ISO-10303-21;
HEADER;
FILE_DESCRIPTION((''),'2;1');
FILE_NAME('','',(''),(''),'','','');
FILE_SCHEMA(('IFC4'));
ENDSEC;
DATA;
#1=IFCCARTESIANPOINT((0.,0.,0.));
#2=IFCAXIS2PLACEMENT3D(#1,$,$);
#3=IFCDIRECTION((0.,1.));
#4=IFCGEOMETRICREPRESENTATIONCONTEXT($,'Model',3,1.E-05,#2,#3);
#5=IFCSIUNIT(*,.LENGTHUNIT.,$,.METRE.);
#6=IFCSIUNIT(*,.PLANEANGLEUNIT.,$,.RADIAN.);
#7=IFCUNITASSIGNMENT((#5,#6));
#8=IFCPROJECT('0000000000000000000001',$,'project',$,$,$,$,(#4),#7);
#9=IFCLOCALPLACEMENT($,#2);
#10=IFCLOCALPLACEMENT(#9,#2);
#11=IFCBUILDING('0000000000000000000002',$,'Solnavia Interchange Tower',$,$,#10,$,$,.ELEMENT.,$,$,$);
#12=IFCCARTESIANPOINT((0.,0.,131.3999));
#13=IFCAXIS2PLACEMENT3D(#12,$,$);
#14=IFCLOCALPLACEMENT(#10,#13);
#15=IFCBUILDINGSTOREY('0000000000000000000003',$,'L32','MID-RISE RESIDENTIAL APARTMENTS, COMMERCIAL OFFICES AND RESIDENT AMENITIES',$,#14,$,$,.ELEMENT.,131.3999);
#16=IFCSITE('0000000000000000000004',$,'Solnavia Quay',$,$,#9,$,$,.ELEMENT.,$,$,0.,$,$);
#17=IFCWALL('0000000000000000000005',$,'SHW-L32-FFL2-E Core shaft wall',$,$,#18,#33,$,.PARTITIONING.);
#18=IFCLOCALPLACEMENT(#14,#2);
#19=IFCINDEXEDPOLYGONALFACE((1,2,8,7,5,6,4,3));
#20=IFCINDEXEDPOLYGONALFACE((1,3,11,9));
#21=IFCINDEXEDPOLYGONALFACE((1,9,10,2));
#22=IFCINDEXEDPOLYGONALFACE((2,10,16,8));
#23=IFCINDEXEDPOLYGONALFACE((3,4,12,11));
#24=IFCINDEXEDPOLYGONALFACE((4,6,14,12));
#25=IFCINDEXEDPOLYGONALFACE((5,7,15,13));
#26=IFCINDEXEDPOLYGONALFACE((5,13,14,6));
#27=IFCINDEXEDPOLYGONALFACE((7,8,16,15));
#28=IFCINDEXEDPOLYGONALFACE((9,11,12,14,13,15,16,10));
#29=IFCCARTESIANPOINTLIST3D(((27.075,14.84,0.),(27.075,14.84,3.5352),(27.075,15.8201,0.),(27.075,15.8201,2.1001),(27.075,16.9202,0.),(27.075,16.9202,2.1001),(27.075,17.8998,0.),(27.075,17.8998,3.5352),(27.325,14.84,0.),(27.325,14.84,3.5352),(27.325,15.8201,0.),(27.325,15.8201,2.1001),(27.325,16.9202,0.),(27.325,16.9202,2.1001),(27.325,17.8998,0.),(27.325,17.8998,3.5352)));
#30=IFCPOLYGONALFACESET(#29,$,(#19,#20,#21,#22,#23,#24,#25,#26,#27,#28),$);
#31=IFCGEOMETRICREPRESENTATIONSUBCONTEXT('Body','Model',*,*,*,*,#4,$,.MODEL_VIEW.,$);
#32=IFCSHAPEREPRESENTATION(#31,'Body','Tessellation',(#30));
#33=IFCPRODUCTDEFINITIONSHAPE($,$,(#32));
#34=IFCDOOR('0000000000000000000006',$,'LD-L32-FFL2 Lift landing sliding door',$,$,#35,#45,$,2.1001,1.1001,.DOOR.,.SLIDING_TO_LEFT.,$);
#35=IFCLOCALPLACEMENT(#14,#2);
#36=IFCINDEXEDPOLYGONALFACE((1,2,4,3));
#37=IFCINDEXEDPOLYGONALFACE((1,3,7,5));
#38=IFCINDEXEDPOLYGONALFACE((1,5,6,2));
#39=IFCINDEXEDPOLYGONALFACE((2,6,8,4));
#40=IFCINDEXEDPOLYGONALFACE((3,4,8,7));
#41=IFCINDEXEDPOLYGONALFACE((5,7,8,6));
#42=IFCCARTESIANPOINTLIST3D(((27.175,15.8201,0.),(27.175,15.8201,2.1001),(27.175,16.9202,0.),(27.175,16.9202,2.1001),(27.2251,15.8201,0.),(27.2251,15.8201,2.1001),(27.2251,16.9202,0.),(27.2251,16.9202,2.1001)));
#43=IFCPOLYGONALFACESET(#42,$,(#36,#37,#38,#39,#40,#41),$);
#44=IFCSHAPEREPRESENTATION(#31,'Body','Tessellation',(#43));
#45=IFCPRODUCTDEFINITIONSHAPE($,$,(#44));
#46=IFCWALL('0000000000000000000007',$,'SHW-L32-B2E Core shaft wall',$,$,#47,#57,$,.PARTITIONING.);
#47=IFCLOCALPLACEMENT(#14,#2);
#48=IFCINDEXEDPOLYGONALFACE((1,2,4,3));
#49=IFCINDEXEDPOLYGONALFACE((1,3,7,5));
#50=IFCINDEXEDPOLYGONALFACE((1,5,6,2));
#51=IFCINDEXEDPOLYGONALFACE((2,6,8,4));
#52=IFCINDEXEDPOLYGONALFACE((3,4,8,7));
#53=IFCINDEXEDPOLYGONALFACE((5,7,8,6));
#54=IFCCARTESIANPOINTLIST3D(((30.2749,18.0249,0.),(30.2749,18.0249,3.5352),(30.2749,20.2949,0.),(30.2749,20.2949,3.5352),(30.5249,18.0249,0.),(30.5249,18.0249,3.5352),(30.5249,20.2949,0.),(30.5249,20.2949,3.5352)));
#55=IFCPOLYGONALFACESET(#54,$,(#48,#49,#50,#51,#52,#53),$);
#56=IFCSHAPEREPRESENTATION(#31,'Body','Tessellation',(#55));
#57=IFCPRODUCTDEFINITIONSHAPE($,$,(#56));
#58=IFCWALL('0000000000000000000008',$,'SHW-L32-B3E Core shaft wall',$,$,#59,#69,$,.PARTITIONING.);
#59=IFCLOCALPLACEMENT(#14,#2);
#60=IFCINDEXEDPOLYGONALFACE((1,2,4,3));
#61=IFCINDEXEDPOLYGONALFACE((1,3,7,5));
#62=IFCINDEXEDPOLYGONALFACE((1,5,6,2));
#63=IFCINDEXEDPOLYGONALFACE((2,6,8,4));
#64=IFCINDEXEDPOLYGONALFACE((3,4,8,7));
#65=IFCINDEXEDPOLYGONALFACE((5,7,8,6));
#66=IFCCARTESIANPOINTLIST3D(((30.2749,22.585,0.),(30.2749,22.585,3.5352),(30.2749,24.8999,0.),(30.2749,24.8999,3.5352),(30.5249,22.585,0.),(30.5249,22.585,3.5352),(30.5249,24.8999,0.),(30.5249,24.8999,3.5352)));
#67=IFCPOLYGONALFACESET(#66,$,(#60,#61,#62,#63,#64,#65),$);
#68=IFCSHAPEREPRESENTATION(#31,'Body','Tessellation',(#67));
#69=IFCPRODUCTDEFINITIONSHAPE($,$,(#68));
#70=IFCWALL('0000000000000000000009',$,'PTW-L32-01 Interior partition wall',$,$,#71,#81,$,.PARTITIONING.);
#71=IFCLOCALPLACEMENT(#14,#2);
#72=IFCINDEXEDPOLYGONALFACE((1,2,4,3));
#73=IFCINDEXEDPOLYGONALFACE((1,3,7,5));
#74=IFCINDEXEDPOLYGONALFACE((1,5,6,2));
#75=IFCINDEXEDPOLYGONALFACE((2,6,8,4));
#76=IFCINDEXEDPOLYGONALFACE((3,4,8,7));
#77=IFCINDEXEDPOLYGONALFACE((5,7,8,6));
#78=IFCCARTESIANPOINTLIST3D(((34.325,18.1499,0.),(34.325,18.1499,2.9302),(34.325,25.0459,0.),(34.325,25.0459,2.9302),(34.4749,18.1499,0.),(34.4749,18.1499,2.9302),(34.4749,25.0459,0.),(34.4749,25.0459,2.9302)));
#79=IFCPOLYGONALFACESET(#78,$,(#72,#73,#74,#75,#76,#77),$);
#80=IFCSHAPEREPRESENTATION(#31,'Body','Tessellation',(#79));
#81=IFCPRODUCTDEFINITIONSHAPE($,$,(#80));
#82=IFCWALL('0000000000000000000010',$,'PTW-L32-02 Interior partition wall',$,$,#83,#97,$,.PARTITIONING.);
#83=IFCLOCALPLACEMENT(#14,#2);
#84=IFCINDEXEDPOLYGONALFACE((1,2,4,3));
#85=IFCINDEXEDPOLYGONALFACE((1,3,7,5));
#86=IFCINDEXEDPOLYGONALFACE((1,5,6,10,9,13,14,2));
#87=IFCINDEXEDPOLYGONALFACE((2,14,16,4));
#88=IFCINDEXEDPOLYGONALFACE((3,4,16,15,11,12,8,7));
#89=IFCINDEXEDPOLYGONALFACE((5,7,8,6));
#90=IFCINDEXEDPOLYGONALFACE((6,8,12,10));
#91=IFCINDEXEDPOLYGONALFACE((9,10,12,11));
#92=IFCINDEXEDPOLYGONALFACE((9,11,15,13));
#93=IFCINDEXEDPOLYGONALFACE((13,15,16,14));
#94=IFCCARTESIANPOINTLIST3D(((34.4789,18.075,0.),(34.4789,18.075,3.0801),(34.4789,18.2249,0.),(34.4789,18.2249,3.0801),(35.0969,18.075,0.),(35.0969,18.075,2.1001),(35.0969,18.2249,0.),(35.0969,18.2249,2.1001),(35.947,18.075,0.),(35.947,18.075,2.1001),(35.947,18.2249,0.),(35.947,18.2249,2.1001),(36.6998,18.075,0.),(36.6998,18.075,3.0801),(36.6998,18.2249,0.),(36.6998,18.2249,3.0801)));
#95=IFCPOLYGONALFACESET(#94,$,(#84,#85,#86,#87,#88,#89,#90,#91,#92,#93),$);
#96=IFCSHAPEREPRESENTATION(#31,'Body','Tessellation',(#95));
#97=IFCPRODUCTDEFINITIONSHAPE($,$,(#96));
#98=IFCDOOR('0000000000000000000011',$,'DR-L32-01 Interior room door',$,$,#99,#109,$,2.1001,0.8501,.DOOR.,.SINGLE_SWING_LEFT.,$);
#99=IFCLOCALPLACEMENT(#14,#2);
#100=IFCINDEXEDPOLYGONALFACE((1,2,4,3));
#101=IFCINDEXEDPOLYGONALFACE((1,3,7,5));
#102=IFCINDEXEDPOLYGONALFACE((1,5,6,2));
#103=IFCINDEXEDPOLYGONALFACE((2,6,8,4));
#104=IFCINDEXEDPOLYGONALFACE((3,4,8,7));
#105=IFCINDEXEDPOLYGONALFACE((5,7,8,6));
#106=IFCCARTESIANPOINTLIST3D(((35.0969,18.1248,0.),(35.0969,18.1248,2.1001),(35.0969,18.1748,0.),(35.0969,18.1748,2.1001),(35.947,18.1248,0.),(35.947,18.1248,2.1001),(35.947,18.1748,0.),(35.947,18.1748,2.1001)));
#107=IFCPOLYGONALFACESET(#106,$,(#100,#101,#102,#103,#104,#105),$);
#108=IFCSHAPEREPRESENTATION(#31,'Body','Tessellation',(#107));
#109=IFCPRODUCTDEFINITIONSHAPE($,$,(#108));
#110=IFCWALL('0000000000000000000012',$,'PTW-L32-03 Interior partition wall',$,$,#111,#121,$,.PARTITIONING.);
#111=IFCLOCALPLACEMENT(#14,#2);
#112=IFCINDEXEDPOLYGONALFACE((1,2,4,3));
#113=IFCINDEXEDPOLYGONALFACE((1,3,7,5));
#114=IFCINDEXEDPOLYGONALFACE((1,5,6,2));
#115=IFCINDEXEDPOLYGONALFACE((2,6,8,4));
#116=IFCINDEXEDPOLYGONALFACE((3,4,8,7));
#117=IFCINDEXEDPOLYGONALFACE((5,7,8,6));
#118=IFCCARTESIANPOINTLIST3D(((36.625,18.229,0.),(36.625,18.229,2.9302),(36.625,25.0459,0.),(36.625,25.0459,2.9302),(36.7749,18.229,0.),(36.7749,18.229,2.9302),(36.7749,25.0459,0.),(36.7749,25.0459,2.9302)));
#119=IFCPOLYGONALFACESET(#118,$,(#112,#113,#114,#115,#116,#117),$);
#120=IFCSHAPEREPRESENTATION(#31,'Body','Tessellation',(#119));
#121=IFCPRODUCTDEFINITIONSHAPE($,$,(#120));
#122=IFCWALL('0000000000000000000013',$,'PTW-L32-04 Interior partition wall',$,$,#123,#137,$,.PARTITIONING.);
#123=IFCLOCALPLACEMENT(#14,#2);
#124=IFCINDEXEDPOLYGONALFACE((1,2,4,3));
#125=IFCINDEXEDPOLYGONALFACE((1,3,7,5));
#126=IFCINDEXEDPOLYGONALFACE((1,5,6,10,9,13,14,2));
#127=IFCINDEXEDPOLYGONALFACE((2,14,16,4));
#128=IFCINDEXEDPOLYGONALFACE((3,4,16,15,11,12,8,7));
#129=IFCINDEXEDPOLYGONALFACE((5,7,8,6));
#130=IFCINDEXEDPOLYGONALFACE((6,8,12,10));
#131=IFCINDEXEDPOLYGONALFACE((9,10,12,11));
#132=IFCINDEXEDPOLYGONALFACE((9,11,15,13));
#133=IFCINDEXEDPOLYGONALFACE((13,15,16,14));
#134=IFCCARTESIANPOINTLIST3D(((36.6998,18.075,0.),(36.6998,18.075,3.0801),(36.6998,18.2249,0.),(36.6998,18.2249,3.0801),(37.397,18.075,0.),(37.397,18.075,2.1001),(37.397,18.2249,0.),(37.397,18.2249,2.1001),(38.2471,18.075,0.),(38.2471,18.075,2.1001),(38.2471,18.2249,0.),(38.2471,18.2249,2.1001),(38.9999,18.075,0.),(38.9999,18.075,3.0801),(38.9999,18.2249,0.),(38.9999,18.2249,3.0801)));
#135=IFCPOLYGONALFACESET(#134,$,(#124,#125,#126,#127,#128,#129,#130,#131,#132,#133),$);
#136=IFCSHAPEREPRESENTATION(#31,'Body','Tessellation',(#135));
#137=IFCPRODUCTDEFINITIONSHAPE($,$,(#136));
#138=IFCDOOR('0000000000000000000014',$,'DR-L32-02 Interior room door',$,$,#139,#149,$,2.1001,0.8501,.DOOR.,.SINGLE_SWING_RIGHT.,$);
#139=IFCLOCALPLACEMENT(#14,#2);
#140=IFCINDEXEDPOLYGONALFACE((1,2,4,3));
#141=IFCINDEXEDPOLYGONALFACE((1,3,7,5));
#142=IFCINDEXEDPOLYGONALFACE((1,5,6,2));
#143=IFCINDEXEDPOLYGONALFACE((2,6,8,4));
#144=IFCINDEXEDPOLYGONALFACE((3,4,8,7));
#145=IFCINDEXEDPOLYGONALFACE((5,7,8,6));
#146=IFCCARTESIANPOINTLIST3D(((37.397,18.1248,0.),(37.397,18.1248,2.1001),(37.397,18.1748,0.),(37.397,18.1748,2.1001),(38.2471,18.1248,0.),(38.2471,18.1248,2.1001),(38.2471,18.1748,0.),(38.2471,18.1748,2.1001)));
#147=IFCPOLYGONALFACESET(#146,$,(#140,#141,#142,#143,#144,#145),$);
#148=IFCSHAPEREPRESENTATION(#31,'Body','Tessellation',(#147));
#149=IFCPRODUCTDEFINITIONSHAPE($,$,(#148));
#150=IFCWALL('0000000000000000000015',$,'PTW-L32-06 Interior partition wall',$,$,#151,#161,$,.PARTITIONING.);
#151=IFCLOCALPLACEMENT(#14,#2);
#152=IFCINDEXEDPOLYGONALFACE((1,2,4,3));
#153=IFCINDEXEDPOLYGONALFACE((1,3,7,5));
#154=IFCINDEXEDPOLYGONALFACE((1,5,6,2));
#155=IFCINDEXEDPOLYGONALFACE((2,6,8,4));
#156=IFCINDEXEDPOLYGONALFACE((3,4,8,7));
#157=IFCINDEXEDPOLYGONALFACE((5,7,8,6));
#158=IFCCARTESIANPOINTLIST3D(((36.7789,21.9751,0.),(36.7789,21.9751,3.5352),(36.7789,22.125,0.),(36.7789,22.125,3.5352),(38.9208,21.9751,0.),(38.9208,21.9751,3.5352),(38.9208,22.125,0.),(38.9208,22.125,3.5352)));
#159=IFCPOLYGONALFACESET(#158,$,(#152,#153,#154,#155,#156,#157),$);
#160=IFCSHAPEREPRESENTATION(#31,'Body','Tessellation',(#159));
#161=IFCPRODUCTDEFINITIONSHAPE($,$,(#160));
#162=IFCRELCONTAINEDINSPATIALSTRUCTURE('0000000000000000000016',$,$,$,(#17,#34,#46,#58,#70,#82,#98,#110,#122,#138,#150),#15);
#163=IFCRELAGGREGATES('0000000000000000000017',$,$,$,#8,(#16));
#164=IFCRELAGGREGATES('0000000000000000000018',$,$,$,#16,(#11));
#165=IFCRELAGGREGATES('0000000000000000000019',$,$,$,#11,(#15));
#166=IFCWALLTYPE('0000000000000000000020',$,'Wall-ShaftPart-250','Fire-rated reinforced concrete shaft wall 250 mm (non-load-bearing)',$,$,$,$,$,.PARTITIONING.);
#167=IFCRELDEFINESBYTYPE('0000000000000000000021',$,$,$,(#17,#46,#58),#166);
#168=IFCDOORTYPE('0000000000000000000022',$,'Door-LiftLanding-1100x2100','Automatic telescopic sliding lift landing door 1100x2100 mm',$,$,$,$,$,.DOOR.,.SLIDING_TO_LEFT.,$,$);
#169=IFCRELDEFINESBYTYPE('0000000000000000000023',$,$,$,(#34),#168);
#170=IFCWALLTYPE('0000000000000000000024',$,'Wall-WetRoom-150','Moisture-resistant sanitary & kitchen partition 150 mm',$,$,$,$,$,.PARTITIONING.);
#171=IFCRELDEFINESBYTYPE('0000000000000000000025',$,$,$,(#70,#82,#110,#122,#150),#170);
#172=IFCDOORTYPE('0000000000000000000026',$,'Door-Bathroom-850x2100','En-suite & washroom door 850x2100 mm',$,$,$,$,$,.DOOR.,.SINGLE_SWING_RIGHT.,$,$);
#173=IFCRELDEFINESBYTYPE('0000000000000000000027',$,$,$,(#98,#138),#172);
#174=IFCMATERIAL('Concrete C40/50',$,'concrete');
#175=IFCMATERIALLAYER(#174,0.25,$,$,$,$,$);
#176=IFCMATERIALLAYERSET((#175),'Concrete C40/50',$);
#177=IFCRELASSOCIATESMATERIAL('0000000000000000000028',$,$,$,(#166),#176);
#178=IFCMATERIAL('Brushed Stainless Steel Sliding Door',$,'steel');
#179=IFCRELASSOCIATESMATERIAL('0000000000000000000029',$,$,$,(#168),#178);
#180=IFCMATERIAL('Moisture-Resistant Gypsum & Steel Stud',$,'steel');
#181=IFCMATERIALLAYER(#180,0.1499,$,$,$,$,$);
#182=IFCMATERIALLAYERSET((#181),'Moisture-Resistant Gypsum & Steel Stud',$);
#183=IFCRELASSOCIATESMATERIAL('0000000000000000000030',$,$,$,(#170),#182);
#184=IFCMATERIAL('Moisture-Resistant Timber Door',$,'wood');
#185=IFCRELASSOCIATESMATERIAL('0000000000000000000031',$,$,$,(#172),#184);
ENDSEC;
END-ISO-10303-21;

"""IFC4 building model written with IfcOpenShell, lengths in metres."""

from ifc_helpers import new_model, si_unit, direction, frame, frame_2d, origin, place, context, subcontext, project, spatial, rectangle, extrude, material, layer, layer_set, type_object, element, fill, save


model = new_model("IFC4")

# Units and contexts
model_context = context("Model", 3, precision=1e-05, world=origin(), true_north=direction((0.0, 1.0)))
body_context = subcontext(model_context, "Body", "Model", "MODEL_VIEW")
ifc_project = project(units=[si_unit("LENGTHUNIT", "METRE"), si_unit("PLANEANGLEUNIT", "RADIAN")], contexts=[model_context])

# Site, building, storey
site_placement = place(None, origin())
site = spatial("IfcSite", under=ifc_project, at=site_placement, Name="Solnavia Quay", CompositionType="ELEMENT", RefElevation=0.0)
building_placement = place(site_placement, origin())
building = spatial("IfcBuilding", under=site, at=building_placement, Name="Solnavia Interchange Tower", CompositionType="ELEMENT")
storey_placement = place(building_placement, frame((0.0, 0.0, 131.3999)))
storey = spatial("IfcBuildingStorey", under=building, at=storey_placement, Name="L32", Description="MID-RISE RESIDENTIAL APARTMENTS, COMMERCIAL OFFICES AND RESIDENT AMENITIES", CompositionType="ELEMENT", Elevation=131.3999)

# Shared definitions
ifc_material_1 = material(Name="Concrete C40/50", Category="concrete")

# Wall, opening, door
ifc_layer_1 = layer(ifc_material_1, 0.25)
ifc_layer_set_1 = layer_set([ifc_layer_1], Name="Concrete C40/50")
wall_type_1 = type_object("IfcWallType", Name="Wall-ShaftPart-250", Description="Fire-rated reinforced concrete shaft wall 250 mm (non-load-bearing)", PredefinedType="PARTITIONING", material=ifc_layer_set_1)
wall_1_placement = place(storey_placement, frame((27.2, 14.8401, 0.0), z_axis=(0.0, 0.0, 1.0), x_axis=(0.0, 1.0, 0.0)))
wall_1 = element("IfcWall", 1, at=wall_1_placement, inside=storey, type_object=wall_type_1, Name="SHW-L32-FFL2-E Core shaft wall", PredefinedType="PARTITIONING", context=body_context, shape_type="SweptSolid", body=[
    extrude(rectangle(XDim=3.0598, YDim=0.25, at=frame_2d((1.5298, 0.0))), origin(), (0.0, 0.0, 1.0), 3.5352),
])
opening_1_placement = place(wall_1_placement, frame((0.98, 0.0, 0.0)))
opening_1 = element("IfcOpeningElement", 2, at=opening_1_placement, cuts=wall_1, PredefinedType="OPENING", context=body_context, shape_type="SweptSolid", body=[
    extrude(rectangle(XDim=1.1001, YDim=2.1001, at=frame_2d((0.55, 1.05))), frame((0.0, 0.135, 0.0), z_axis=(0.0, -1.0, 0.0), x_axis=(1.0, 0.0, 0.0)), (0.0, 0.0, 1.0), 0.27),
])
ifc_material_2 = material(Name="Brushed Stainless Steel Sliding Door", Category="steel")
door_type_1 = type_object("IfcDoorType", Name="Door-LiftLanding-1100x2100", Description="Automatic telescopic sliding lift landing door 1100x2100 mm", OperationType="SLIDING_TO_LEFT", PredefinedType="DOOR", material=ifc_material_2)
door_1_placement = place(opening_1_placement, origin())
door_1 = element("IfcDoor", 3, at=door_1_placement, inside=storey, type_object=door_type_1, Name="LD-L32-FFL2 Lift landing sliding door", OperationType="SLIDING_TO_LEFT", OverallHeight=2.1001, OverallWidth=1.1001, PredefinedType="DOOR", context=body_context, shape_type="SweptSolid", body=[
    extrude(rectangle(XDim=1.1001, YDim=2.1001, at=frame_2d((0.55, 1.05))), frame((0.0, 0.0249, 0.0), z_axis=(0.0, -1.0, 0.0), x_axis=(1.0, 0.0, 0.0)), (0.0, 0.0, 1.0), 0.05),
])
fill(opening_1, door_1)

# Walls
wall_2_placement = place(storey_placement, frame((30.3999, 18.0249, 0.0), z_axis=(0.0, 0.0, 1.0), x_axis=(0.0, 1.0, 0.0)))
element("IfcWall", 4, at=wall_2_placement, inside=storey, type_object=wall_type_1, Name="SHW-L32-B2E Core shaft wall", PredefinedType="PARTITIONING", context=body_context, shape_type="SweptSolid", body=[
    extrude(rectangle(XDim=2.27, YDim=0.25, at=frame_2d((1.135, 0.0))), origin(), (0.0, 0.0, 1.0), 3.5352),
])
wall_3_placement = place(storey_placement, frame((30.3999, 22.585, 0.0), z_axis=(0.0, 0.0, 1.0), x_axis=(0.0, 1.0, 0.0)))
element("IfcWall", 5, at=wall_3_placement, inside=storey, type_object=wall_type_1, Name="SHW-L32-B3E Core shaft wall", PredefinedType="PARTITIONING", context=body_context, shape_type="SweptSolid", body=[
    extrude(rectangle(XDim=2.3149, YDim=0.25, at=frame_2d((1.1575, 0.0))), origin(), (0.0, 0.0, 1.0), 3.5352),
])
ifc_material_3 = material(Name="Moisture-Resistant Gypsum & Steel Stud", Category="steel")
ifc_layer_2 = layer(ifc_material_3, 0.1499)
ifc_layer_set_2 = layer_set([ifc_layer_2], Name="Moisture-Resistant Gypsum & Steel Stud")
wall_type_2 = type_object("IfcWallType", Name="Wall-WetRoom-150", Description="Moisture-resistant sanitary & kitchen partition 150 mm", PredefinedType="PARTITIONING", material=ifc_layer_set_2)
wall_4_placement = place(storey_placement, frame((34.3999, 18.1499, 0.0), z_axis=(0.0, 0.0, 1.0), x_axis=(0.0, 1.0, 0.0)))
element("IfcWall", 6, at=wall_4_placement, inside=storey, type_object=wall_type_2, Name="PTW-L32-01 Interior partition wall", PredefinedType="PARTITIONING", context=body_context, shape_type="SweptSolid", body=[
    extrude(rectangle(XDim=6.896, YDim=0.1499, at=frame_2d((3.448, 0.0))), origin(), (0.0, 0.0, 1.0), 2.9302),
])

# Wall, opening, door
wall_5_placement = place(storey_placement, frame((34.479, 18.1499, 0.0), z_axis=(0.0, 0.0, 1.0), x_axis=(1.0, 0.0, 0.0)))
wall_5 = element("IfcWall", 7, at=wall_5_placement, inside=storey, type_object=wall_type_2, Name="PTW-L32-02 Interior partition wall", PredefinedType="PARTITIONING", context=body_context, shape_type="SweptSolid", body=[
    extrude(rectangle(XDim=2.2209, YDim=0.1499, at=frame_2d((1.1104, 0.0))), origin(), (0.0, 0.0, 1.0), 3.0801),
])
opening_2_placement = place(wall_5_placement, frame((0.6179, 0.0, 0.0)))
opening_2 = element("IfcOpeningElement", 8, at=opening_2_placement, cuts=wall_5, PredefinedType="OPENING", context=body_context, shape_type="SweptSolid", body=[
    extrude(rectangle(XDim=0.8501, YDim=2.1001, at=frame_2d((0.425, 1.05))), frame((0.0, 0.085, 0.0), z_axis=(0.0, -1.0, 0.0), x_axis=(1.0, 0.0, 0.0)), (0.0, 0.0, 1.0), 0.1699),
])
ifc_material_4 = material(Name="Moisture-Resistant Timber Door", Category="wood")
door_type_2 = type_object("IfcDoorType", Name="Door-Bathroom-850x2100", Description="En-suite & washroom door 850x2100 mm", OperationType="SINGLE_SWING_RIGHT", PredefinedType="DOOR", material=ifc_material_4)
door_2_placement = place(opening_2_placement, origin())
door_2 = element("IfcDoor", 9, at=door_2_placement, inside=storey, type_object=door_type_2, Name="DR-L32-01 Interior room door", OperationType="SINGLE_SWING_LEFT", OverallHeight=2.1001, OverallWidth=0.8501, PredefinedType="DOOR", context=body_context, shape_type="SweptSolid", body=[
    extrude(rectangle(XDim=0.8501, YDim=2.1001, at=frame_2d((0.425, 1.05))), frame((0.0, 0.0249, 0.0), z_axis=(0.0, -1.0, 0.0), x_axis=(1.0, 0.0, 0.0)), (0.0, 0.0, 1.0), 0.05),
])
fill(opening_2, door_2)

# Wall
wall_6_placement = place(storey_placement, frame((36.7, 18.229, 0.0), z_axis=(0.0, 0.0, 1.0), x_axis=(0.0, 1.0, 0.0)))
element("IfcWall", 10, at=wall_6_placement, inside=storey, type_object=wall_type_2, Name="PTW-L32-03 Interior partition wall", PredefinedType="PARTITIONING", context=body_context, shape_type="SweptSolid", body=[
    extrude(rectangle(XDim=6.8169, YDim=0.1499, at=frame_2d((3.4084, 0.0))), origin(), (0.0, 0.0, 1.0), 2.9302),
])

# Wall, opening, door
wall_7_placement = place(storey_placement, frame((36.7, 18.1499, 0.0), z_axis=(0.0, 0.0, 1.0), x_axis=(1.0, 0.0, 0.0)))
wall_7 = element("IfcWall", 11, at=wall_7_placement, inside=storey, type_object=wall_type_2, Name="PTW-L32-04 Interior partition wall", PredefinedType="PARTITIONING", context=body_context, shape_type="SweptSolid", body=[
    extrude(rectangle(XDim=2.3, YDim=0.1499, at=frame_2d((1.1499, 0.0))), origin(), (0.0, 0.0, 1.0), 3.0801),
])
opening_3_placement = place(wall_7_placement, frame((0.697, 0.0, 0.0)))
opening_3 = element("IfcOpeningElement", 12, at=opening_3_placement, cuts=wall_7, PredefinedType="OPENING", context=body_context, shape_type="SweptSolid", body=[
    extrude(rectangle(XDim=0.8501, YDim=2.1001, at=frame_2d((0.425, 1.05))), frame((0.0, 0.085, 0.0), z_axis=(0.0, -1.0, 0.0), x_axis=(1.0, 0.0, 0.0)), (0.0, 0.0, 1.0), 0.1699),
])
door_3_placement = place(opening_3_placement, origin())
door_3 = element("IfcDoor", 13, at=door_3_placement, inside=storey, type_object=door_type_2, Name="DR-L32-02 Interior room door", OperationType="SINGLE_SWING_RIGHT", OverallHeight=2.1001, OverallWidth=0.8501, PredefinedType="DOOR", context=body_context, shape_type="SweptSolid", body=[
    extrude(rectangle(XDim=0.8501, YDim=2.1001, at=frame_2d((0.425, 1.05))), frame((0.0, 0.0249, 0.0), z_axis=(0.0, -1.0, 0.0), x_axis=(1.0, 0.0, 0.0)), (0.0, 0.0, 1.0), 0.05),
])
fill(opening_3, door_3)

# Wall
wall_8_placement = place(storey_placement, frame((36.7791, 22.05, 0.0), z_axis=(0.0, 0.0, 1.0), x_axis=(1.0, 0.0, 0.0)))
element("IfcWall", 14, at=wall_8_placement, inside=storey, type_object=wall_type_2, Name="PTW-L32-06 Interior partition wall", PredefinedType="PARTITIONING", context=body_context, shape_type="SweptSolid", body=[
    extrude(rectangle(XDim=2.1418, YDim=0.1499, at=frame_2d((1.0708, 0.0))), origin(), (0.0, 0.0, 1.0), 3.5352),
])

save(model, "model.ifc")
